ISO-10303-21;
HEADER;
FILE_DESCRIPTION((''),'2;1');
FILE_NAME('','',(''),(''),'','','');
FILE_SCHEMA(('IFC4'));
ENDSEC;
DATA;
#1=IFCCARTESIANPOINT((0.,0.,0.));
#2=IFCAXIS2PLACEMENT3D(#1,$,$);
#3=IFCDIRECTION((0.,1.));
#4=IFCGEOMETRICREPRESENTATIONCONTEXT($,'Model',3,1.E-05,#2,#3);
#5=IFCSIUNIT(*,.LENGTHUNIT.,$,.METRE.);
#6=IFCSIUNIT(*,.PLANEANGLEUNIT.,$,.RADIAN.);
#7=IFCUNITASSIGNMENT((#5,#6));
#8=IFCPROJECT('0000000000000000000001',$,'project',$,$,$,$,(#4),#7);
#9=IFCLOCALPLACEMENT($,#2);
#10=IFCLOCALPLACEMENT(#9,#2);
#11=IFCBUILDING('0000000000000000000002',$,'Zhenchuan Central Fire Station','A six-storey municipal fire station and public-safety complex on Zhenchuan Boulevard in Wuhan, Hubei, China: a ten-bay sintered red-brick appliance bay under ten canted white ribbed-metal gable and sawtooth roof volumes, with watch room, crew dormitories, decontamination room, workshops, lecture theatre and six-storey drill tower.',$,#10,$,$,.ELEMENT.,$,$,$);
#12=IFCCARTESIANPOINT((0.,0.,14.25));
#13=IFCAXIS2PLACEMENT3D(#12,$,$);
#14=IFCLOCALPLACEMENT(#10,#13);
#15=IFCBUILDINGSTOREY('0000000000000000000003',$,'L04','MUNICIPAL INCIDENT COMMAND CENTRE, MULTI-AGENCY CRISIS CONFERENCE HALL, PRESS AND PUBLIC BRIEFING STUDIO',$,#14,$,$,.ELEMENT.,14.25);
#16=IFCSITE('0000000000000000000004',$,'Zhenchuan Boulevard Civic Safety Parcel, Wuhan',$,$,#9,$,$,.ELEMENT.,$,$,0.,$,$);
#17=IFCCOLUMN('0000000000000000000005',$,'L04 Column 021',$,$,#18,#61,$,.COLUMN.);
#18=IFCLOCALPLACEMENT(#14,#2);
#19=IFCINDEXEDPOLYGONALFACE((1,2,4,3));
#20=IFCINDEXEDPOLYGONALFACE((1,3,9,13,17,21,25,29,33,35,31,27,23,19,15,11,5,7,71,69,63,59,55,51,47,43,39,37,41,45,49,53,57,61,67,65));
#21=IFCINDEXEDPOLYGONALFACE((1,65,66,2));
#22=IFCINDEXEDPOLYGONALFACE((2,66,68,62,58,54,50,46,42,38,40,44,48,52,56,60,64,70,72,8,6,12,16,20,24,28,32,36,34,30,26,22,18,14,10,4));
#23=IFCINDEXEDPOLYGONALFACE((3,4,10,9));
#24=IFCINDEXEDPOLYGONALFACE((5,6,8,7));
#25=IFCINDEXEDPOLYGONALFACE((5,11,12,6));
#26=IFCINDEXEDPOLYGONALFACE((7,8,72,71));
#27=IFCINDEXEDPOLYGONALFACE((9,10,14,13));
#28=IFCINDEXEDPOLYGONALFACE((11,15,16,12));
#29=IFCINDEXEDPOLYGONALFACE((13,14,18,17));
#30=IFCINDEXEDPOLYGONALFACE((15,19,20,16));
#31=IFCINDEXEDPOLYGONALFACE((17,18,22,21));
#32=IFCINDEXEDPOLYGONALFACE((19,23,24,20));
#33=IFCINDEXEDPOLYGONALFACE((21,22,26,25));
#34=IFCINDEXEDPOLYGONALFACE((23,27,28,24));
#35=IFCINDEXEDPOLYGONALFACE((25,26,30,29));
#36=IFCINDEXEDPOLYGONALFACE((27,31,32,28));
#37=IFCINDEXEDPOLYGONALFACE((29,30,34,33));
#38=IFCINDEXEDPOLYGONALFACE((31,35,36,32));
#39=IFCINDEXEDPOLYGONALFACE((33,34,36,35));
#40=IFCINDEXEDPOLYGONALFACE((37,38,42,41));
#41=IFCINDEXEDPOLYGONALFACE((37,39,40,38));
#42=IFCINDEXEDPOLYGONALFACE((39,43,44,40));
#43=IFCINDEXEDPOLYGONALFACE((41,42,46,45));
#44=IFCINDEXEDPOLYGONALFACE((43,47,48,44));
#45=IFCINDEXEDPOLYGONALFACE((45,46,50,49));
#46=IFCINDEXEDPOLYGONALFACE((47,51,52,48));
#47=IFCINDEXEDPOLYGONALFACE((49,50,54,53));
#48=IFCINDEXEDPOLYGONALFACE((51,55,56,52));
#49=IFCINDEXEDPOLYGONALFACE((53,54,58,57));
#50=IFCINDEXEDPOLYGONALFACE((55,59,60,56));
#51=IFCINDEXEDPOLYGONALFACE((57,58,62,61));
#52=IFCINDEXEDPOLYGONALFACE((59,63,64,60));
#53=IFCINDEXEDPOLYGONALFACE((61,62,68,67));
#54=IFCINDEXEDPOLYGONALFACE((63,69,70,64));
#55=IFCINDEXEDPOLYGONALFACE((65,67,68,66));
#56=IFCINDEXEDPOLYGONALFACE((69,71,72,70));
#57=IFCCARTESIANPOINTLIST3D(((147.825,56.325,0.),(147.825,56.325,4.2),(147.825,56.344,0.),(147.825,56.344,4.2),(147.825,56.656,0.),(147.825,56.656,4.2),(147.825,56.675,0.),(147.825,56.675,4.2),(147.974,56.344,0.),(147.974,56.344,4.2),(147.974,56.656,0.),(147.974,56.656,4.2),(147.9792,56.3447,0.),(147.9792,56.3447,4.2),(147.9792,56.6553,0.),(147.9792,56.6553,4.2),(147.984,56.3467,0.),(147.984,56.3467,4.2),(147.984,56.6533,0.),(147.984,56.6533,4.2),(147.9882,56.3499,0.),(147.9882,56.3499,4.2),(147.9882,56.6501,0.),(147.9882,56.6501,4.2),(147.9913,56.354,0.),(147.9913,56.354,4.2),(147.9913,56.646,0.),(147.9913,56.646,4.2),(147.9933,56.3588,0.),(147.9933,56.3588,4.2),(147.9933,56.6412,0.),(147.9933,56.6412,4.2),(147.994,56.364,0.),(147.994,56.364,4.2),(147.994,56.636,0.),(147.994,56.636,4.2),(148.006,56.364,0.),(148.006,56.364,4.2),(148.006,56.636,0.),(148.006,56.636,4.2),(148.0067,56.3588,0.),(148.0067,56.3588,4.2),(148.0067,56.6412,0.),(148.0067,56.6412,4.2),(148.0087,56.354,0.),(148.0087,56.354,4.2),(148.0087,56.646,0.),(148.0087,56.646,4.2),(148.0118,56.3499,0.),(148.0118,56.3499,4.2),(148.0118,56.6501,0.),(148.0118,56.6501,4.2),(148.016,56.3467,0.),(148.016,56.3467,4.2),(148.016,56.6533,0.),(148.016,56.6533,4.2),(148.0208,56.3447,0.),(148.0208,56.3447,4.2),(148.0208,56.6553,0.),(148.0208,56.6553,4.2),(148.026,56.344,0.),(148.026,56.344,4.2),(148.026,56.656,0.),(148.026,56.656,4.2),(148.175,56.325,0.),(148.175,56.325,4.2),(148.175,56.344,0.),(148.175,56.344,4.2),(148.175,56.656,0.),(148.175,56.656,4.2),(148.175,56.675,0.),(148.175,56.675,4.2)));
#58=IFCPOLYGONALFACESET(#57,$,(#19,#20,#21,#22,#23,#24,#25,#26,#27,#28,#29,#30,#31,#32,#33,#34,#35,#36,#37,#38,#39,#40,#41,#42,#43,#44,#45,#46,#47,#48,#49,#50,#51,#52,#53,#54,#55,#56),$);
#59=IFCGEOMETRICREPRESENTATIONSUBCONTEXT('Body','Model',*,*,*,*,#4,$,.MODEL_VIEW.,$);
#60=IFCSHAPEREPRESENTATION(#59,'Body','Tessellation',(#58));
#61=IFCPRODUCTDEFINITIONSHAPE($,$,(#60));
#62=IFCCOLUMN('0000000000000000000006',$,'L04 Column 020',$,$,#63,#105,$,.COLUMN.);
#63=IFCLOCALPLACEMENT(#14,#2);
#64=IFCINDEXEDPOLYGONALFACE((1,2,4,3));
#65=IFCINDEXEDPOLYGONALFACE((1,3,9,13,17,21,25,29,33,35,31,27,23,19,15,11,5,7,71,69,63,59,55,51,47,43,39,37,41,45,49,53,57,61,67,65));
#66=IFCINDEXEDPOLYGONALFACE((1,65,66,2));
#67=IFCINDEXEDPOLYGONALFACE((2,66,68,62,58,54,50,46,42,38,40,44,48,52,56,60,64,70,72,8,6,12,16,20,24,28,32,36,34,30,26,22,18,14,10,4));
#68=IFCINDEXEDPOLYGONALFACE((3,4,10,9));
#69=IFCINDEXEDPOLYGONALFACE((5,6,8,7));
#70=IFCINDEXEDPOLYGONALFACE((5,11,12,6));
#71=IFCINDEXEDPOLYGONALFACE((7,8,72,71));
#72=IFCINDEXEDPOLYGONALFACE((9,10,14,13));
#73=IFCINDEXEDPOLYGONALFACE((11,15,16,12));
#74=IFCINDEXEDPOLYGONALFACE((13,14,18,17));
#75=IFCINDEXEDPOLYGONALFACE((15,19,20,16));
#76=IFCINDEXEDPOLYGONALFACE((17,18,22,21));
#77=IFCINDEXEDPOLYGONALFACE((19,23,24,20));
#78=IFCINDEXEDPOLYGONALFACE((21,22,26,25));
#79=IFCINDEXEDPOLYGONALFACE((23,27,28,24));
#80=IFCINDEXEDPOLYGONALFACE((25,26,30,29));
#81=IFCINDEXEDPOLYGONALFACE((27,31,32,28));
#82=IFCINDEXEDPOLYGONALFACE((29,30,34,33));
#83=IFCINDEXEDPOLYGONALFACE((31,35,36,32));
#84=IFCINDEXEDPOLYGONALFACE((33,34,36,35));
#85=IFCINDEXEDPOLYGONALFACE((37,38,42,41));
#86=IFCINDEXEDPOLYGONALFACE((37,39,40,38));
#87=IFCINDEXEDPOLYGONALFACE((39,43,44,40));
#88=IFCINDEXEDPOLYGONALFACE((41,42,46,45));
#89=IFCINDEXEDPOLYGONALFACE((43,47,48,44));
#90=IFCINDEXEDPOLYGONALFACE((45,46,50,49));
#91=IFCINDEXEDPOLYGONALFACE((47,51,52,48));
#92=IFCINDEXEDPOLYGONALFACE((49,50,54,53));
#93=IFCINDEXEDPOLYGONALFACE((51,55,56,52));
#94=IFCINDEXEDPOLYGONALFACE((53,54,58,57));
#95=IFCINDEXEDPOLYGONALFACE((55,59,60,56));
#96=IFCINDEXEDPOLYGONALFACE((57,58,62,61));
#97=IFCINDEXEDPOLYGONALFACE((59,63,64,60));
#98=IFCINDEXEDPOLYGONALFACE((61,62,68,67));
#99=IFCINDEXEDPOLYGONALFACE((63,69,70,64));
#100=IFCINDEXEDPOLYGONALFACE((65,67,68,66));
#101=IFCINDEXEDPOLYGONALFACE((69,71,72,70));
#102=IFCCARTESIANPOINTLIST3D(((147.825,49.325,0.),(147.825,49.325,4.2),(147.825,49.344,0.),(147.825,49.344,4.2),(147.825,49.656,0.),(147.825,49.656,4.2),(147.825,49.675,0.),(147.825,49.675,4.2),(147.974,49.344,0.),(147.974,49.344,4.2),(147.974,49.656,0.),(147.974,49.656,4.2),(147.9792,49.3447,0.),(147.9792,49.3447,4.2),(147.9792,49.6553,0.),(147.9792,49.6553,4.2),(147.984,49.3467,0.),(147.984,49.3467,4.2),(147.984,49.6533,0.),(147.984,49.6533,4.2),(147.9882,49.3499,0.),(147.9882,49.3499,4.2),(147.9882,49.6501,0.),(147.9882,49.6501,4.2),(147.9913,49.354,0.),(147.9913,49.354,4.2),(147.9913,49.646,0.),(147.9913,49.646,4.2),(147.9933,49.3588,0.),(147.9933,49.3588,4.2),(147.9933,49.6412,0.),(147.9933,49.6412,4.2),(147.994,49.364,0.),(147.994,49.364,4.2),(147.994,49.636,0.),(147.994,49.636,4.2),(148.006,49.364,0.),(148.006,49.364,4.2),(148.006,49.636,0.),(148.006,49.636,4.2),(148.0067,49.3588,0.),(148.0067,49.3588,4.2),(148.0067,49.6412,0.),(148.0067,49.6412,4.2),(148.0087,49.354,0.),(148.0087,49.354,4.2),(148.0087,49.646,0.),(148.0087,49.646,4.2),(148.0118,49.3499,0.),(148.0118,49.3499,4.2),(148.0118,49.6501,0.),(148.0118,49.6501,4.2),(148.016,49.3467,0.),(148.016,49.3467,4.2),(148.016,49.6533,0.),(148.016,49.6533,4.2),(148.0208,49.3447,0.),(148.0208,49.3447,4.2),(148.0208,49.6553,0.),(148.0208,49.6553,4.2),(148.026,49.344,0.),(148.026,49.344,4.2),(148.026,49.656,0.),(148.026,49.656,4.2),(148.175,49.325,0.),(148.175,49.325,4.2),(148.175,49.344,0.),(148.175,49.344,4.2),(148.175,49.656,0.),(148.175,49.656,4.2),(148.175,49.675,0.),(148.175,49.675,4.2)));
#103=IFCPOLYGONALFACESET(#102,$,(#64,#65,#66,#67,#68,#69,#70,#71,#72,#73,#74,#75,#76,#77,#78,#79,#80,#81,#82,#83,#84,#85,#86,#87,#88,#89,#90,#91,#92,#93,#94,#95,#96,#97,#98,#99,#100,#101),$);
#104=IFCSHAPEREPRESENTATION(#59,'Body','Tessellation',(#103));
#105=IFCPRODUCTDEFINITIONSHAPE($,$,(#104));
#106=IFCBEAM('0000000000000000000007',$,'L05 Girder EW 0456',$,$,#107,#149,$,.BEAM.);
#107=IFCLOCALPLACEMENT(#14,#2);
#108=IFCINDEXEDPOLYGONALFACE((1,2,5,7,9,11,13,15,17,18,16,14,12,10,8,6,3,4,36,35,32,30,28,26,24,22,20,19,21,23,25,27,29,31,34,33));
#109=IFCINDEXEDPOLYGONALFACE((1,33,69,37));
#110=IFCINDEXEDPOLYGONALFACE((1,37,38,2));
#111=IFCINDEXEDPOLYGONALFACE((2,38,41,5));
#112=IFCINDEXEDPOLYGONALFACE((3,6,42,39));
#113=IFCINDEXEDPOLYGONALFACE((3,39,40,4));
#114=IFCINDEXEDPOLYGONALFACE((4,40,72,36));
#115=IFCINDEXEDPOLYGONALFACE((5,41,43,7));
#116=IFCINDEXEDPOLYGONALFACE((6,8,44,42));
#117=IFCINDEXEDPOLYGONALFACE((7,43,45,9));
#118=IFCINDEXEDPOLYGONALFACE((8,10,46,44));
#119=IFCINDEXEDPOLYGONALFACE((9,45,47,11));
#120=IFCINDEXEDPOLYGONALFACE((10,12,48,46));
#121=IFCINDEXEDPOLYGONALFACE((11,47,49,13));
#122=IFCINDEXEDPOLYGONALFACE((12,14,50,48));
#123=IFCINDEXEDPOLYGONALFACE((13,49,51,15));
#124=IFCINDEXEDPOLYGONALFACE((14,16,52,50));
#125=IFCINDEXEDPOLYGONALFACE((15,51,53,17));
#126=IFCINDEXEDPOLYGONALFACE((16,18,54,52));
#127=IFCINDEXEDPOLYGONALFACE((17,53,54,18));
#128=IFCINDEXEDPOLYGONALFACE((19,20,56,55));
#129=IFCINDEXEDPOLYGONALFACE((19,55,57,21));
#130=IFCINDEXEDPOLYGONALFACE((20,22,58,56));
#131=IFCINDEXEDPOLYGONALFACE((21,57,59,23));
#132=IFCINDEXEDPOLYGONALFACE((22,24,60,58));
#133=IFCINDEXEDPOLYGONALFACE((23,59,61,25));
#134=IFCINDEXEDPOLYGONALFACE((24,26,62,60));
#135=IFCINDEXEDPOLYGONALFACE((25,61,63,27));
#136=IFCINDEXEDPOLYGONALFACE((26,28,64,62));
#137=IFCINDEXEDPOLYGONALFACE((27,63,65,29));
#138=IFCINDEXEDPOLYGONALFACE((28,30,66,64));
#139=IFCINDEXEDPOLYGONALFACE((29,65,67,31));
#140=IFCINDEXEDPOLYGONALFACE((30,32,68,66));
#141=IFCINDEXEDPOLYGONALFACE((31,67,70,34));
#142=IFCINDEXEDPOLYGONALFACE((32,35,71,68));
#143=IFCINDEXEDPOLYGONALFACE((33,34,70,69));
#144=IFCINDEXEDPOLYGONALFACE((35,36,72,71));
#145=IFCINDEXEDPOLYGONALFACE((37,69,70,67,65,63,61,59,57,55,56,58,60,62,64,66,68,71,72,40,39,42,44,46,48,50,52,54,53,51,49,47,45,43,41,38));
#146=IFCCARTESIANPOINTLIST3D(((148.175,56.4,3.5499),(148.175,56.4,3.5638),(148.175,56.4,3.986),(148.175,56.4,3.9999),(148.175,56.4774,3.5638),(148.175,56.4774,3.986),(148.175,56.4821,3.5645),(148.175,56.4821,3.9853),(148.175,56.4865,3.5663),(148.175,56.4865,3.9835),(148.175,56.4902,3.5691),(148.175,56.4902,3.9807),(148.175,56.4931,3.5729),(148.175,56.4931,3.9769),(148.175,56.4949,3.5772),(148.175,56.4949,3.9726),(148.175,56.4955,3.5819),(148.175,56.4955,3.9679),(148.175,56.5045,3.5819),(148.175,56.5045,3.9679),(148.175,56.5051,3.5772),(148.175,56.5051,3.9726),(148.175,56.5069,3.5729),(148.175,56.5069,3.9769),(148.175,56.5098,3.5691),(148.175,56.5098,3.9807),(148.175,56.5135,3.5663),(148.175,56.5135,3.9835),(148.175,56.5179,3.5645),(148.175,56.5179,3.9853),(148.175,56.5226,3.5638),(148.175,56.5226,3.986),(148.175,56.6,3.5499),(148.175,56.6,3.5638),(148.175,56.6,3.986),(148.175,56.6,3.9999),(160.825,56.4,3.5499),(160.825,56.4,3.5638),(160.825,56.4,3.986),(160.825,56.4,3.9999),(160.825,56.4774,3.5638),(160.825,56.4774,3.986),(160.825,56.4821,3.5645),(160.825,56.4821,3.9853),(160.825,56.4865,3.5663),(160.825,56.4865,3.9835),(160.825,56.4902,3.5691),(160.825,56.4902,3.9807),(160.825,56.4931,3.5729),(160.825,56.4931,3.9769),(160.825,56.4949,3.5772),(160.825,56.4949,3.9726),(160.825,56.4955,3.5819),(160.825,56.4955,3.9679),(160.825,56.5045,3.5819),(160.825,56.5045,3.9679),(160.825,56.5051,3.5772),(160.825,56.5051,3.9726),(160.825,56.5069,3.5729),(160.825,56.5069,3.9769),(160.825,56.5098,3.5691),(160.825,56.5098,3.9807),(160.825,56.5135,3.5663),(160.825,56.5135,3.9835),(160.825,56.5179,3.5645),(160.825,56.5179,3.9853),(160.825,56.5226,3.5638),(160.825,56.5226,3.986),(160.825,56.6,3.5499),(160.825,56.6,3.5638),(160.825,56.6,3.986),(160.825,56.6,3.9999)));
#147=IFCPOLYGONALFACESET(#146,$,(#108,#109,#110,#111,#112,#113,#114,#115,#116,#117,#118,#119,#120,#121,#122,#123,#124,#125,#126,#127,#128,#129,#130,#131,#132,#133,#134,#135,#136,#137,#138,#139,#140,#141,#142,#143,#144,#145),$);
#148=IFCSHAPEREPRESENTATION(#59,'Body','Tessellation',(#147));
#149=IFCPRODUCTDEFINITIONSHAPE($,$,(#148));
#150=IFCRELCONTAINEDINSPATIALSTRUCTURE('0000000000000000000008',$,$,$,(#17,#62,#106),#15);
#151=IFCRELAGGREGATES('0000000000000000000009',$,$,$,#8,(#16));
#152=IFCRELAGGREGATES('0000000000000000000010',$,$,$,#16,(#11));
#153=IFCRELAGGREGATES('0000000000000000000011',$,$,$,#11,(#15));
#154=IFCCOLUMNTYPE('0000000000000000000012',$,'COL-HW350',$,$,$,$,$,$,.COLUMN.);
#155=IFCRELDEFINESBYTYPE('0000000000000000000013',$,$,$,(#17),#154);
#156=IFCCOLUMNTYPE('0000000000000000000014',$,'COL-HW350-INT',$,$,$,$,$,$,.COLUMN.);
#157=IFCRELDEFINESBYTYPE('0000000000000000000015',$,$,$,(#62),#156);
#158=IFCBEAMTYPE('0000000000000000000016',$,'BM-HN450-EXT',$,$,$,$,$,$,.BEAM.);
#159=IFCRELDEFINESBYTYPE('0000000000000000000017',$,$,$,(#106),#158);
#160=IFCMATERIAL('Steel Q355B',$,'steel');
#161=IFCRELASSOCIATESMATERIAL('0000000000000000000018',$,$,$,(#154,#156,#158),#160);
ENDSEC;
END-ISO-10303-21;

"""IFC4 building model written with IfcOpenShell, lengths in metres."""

from ifc_helpers import new_model, si_unit, direction, frame, origin, origin_2d, place, context, subcontext, project, spatial, i_section, extrude, material, material_profile, profile_set, type_object, element, save


model = new_model("IFC4")

# Units and contexts
model_context = context("Model", 3, precision=1e-05, world=origin(), true_north=direction((0.0, 1.0)))
body_context = subcontext(model_context, "Body", "Model", "MODEL_VIEW")
ifc_project = project(units=[si_unit("LENGTHUNIT", "METRE"), si_unit("PLANEANGLEUNIT", "RADIAN")], contexts=[model_context])

# Site, building, storey
site_placement = place(None, origin())
site = spatial("IfcSite", under=ifc_project, at=site_placement, Name="Zhenchuan Boulevard Civic Safety Parcel, Wuhan", CompositionType="ELEMENT", RefElevation=0.0)
building_placement = place(site_placement, origin())
building = spatial("IfcBuilding", under=site, at=building_placement, Name="Zhenchuan Central Fire Station", Description="A six-storey municipal fire station and public-safety complex on Zhenchuan Boulevard in Wuhan, Hubei, China: a ten-bay sintered red-brick appliance bay under ten canted white ribbed-metal gable and sawtooth roof volumes, with watch room, crew dormitories, decontamination room, workshops, lecture theatre and six-storey drill tower.", CompositionType="ELEMENT")
storey_placement = place(building_placement, frame((0.0, 0.0, 14.25)))
storey = spatial("IfcBuildingStorey", under=building, at=storey_placement, Name="L04", Description="MUNICIPAL INCIDENT COMMAND CENTRE, MULTI-AGENCY CRISIS CONFERENCE HALL, PRESS AND PUBLIC BRIEFING STUDIO", CompositionType="ELEMENT", Elevation=14.25)

# Columns
ifc_material_1 = material(Name="Steel Q355B", Category="steel")
ifc_material_profile_1 = material_profile(ifc_material_1, i_section(OverallWidth=0.3501, OverallDepth=0.3501, WebThickness=0.012, FlangeThickness=0.019, FilletRadius=0.02, at=origin_2d()), Name="HW 350x350")
ifc_profile_set_1 = profile_set([ifc_material_profile_1], Name="Steel Q355B")
column_type_1 = type_object("IfcColumnType", Name="COL-HW350", PredefinedType="COLUMN", material=ifc_profile_set_1)
column_1_placement = place(storey_placement, frame((148.0, 56.5, 0.0), z_axis=(0.0, 0.0, 1.0), x_axis=(1.0, 0.0, 0.0)))
element("IfcColumn", 1, at=column_1_placement, inside=storey, type_object=column_type_1, Name="L04 Column 021", PredefinedType="COLUMN", context=body_context, shape_type="SweptSolid", body=[
    extrude(i_section(OverallWidth=0.3501, OverallDepth=0.3501, WebThickness=0.012, FlangeThickness=0.019, FilletRadius=0.02, at=origin_2d()), origin(), (0.0, 0.0, 1.0), 4.2),
])
ifc_material_profile_2 = material_profile(ifc_material_1, i_section(OverallWidth=0.3501, OverallDepth=0.3501, WebThickness=0.012, FlangeThickness=0.019, FilletRadius=0.02, at=origin_2d()), Name="HW 350x350")
ifc_profile_set_2 = profile_set([ifc_material_profile_2], Name="Steel Q355B")
column_type_2 = type_object("IfcColumnType", Name="COL-HW350-INT", PredefinedType="COLUMN", material=ifc_profile_set_2)
column_2_placement = place(storey_placement, frame((148.0, 49.5, 0.0), z_axis=(0.0, 0.0, 1.0), x_axis=(1.0, 0.0, 0.0)))
element("IfcColumn", 2, at=column_2_placement, inside=storey, type_object=column_type_2, Name="L04 Column 020", PredefinedType="COLUMN", context=body_context, shape_type="SweptSolid", body=[
    extrude(i_section(OverallWidth=0.3501, OverallDepth=0.3501, WebThickness=0.012, FlangeThickness=0.019, FilletRadius=0.02, at=origin_2d()), origin(), (0.0, 0.0, 1.0), 4.2),
])

# Beam
ifc_material_profile_3 = material_profile(ifc_material_1, i_section(OverallWidth=0.2, OverallDepth=0.45, WebThickness=0.009, FlangeThickness=0.0139, FilletRadius=0.0181, at=origin_2d()), Name="HN 450x200")
ifc_profile_set_3 = profile_set([ifc_material_profile_3], Name="Steel Q355B")
beam_type_1 = type_object("IfcBeamType", Name="BM-HN450-EXT", PredefinedType="BEAM", material=ifc_profile_set_3)
beam_1_placement = place(storey_placement, frame((148.175, 56.5, 3.7749), z_axis=(1.0, 0.0, 0.0), x_axis=(0.0, 1.0, 0.0)))
element("IfcBeam", 3, at=beam_1_placement, inside=storey, type_object=beam_type_1, Name="L05 Girder EW 0456", PredefinedType="BEAM", context=body_context, shape_type="SweptSolid", body=[
    extrude(i_section(OverallWidth=0.2, OverallDepth=0.45, WebThickness=0.009, FlangeThickness=0.0139, FilletRadius=0.0181, at=origin_2d()), origin(), (0.0, 0.0, 1.0), 12.6499),
])

save(model, "model.ifc")
